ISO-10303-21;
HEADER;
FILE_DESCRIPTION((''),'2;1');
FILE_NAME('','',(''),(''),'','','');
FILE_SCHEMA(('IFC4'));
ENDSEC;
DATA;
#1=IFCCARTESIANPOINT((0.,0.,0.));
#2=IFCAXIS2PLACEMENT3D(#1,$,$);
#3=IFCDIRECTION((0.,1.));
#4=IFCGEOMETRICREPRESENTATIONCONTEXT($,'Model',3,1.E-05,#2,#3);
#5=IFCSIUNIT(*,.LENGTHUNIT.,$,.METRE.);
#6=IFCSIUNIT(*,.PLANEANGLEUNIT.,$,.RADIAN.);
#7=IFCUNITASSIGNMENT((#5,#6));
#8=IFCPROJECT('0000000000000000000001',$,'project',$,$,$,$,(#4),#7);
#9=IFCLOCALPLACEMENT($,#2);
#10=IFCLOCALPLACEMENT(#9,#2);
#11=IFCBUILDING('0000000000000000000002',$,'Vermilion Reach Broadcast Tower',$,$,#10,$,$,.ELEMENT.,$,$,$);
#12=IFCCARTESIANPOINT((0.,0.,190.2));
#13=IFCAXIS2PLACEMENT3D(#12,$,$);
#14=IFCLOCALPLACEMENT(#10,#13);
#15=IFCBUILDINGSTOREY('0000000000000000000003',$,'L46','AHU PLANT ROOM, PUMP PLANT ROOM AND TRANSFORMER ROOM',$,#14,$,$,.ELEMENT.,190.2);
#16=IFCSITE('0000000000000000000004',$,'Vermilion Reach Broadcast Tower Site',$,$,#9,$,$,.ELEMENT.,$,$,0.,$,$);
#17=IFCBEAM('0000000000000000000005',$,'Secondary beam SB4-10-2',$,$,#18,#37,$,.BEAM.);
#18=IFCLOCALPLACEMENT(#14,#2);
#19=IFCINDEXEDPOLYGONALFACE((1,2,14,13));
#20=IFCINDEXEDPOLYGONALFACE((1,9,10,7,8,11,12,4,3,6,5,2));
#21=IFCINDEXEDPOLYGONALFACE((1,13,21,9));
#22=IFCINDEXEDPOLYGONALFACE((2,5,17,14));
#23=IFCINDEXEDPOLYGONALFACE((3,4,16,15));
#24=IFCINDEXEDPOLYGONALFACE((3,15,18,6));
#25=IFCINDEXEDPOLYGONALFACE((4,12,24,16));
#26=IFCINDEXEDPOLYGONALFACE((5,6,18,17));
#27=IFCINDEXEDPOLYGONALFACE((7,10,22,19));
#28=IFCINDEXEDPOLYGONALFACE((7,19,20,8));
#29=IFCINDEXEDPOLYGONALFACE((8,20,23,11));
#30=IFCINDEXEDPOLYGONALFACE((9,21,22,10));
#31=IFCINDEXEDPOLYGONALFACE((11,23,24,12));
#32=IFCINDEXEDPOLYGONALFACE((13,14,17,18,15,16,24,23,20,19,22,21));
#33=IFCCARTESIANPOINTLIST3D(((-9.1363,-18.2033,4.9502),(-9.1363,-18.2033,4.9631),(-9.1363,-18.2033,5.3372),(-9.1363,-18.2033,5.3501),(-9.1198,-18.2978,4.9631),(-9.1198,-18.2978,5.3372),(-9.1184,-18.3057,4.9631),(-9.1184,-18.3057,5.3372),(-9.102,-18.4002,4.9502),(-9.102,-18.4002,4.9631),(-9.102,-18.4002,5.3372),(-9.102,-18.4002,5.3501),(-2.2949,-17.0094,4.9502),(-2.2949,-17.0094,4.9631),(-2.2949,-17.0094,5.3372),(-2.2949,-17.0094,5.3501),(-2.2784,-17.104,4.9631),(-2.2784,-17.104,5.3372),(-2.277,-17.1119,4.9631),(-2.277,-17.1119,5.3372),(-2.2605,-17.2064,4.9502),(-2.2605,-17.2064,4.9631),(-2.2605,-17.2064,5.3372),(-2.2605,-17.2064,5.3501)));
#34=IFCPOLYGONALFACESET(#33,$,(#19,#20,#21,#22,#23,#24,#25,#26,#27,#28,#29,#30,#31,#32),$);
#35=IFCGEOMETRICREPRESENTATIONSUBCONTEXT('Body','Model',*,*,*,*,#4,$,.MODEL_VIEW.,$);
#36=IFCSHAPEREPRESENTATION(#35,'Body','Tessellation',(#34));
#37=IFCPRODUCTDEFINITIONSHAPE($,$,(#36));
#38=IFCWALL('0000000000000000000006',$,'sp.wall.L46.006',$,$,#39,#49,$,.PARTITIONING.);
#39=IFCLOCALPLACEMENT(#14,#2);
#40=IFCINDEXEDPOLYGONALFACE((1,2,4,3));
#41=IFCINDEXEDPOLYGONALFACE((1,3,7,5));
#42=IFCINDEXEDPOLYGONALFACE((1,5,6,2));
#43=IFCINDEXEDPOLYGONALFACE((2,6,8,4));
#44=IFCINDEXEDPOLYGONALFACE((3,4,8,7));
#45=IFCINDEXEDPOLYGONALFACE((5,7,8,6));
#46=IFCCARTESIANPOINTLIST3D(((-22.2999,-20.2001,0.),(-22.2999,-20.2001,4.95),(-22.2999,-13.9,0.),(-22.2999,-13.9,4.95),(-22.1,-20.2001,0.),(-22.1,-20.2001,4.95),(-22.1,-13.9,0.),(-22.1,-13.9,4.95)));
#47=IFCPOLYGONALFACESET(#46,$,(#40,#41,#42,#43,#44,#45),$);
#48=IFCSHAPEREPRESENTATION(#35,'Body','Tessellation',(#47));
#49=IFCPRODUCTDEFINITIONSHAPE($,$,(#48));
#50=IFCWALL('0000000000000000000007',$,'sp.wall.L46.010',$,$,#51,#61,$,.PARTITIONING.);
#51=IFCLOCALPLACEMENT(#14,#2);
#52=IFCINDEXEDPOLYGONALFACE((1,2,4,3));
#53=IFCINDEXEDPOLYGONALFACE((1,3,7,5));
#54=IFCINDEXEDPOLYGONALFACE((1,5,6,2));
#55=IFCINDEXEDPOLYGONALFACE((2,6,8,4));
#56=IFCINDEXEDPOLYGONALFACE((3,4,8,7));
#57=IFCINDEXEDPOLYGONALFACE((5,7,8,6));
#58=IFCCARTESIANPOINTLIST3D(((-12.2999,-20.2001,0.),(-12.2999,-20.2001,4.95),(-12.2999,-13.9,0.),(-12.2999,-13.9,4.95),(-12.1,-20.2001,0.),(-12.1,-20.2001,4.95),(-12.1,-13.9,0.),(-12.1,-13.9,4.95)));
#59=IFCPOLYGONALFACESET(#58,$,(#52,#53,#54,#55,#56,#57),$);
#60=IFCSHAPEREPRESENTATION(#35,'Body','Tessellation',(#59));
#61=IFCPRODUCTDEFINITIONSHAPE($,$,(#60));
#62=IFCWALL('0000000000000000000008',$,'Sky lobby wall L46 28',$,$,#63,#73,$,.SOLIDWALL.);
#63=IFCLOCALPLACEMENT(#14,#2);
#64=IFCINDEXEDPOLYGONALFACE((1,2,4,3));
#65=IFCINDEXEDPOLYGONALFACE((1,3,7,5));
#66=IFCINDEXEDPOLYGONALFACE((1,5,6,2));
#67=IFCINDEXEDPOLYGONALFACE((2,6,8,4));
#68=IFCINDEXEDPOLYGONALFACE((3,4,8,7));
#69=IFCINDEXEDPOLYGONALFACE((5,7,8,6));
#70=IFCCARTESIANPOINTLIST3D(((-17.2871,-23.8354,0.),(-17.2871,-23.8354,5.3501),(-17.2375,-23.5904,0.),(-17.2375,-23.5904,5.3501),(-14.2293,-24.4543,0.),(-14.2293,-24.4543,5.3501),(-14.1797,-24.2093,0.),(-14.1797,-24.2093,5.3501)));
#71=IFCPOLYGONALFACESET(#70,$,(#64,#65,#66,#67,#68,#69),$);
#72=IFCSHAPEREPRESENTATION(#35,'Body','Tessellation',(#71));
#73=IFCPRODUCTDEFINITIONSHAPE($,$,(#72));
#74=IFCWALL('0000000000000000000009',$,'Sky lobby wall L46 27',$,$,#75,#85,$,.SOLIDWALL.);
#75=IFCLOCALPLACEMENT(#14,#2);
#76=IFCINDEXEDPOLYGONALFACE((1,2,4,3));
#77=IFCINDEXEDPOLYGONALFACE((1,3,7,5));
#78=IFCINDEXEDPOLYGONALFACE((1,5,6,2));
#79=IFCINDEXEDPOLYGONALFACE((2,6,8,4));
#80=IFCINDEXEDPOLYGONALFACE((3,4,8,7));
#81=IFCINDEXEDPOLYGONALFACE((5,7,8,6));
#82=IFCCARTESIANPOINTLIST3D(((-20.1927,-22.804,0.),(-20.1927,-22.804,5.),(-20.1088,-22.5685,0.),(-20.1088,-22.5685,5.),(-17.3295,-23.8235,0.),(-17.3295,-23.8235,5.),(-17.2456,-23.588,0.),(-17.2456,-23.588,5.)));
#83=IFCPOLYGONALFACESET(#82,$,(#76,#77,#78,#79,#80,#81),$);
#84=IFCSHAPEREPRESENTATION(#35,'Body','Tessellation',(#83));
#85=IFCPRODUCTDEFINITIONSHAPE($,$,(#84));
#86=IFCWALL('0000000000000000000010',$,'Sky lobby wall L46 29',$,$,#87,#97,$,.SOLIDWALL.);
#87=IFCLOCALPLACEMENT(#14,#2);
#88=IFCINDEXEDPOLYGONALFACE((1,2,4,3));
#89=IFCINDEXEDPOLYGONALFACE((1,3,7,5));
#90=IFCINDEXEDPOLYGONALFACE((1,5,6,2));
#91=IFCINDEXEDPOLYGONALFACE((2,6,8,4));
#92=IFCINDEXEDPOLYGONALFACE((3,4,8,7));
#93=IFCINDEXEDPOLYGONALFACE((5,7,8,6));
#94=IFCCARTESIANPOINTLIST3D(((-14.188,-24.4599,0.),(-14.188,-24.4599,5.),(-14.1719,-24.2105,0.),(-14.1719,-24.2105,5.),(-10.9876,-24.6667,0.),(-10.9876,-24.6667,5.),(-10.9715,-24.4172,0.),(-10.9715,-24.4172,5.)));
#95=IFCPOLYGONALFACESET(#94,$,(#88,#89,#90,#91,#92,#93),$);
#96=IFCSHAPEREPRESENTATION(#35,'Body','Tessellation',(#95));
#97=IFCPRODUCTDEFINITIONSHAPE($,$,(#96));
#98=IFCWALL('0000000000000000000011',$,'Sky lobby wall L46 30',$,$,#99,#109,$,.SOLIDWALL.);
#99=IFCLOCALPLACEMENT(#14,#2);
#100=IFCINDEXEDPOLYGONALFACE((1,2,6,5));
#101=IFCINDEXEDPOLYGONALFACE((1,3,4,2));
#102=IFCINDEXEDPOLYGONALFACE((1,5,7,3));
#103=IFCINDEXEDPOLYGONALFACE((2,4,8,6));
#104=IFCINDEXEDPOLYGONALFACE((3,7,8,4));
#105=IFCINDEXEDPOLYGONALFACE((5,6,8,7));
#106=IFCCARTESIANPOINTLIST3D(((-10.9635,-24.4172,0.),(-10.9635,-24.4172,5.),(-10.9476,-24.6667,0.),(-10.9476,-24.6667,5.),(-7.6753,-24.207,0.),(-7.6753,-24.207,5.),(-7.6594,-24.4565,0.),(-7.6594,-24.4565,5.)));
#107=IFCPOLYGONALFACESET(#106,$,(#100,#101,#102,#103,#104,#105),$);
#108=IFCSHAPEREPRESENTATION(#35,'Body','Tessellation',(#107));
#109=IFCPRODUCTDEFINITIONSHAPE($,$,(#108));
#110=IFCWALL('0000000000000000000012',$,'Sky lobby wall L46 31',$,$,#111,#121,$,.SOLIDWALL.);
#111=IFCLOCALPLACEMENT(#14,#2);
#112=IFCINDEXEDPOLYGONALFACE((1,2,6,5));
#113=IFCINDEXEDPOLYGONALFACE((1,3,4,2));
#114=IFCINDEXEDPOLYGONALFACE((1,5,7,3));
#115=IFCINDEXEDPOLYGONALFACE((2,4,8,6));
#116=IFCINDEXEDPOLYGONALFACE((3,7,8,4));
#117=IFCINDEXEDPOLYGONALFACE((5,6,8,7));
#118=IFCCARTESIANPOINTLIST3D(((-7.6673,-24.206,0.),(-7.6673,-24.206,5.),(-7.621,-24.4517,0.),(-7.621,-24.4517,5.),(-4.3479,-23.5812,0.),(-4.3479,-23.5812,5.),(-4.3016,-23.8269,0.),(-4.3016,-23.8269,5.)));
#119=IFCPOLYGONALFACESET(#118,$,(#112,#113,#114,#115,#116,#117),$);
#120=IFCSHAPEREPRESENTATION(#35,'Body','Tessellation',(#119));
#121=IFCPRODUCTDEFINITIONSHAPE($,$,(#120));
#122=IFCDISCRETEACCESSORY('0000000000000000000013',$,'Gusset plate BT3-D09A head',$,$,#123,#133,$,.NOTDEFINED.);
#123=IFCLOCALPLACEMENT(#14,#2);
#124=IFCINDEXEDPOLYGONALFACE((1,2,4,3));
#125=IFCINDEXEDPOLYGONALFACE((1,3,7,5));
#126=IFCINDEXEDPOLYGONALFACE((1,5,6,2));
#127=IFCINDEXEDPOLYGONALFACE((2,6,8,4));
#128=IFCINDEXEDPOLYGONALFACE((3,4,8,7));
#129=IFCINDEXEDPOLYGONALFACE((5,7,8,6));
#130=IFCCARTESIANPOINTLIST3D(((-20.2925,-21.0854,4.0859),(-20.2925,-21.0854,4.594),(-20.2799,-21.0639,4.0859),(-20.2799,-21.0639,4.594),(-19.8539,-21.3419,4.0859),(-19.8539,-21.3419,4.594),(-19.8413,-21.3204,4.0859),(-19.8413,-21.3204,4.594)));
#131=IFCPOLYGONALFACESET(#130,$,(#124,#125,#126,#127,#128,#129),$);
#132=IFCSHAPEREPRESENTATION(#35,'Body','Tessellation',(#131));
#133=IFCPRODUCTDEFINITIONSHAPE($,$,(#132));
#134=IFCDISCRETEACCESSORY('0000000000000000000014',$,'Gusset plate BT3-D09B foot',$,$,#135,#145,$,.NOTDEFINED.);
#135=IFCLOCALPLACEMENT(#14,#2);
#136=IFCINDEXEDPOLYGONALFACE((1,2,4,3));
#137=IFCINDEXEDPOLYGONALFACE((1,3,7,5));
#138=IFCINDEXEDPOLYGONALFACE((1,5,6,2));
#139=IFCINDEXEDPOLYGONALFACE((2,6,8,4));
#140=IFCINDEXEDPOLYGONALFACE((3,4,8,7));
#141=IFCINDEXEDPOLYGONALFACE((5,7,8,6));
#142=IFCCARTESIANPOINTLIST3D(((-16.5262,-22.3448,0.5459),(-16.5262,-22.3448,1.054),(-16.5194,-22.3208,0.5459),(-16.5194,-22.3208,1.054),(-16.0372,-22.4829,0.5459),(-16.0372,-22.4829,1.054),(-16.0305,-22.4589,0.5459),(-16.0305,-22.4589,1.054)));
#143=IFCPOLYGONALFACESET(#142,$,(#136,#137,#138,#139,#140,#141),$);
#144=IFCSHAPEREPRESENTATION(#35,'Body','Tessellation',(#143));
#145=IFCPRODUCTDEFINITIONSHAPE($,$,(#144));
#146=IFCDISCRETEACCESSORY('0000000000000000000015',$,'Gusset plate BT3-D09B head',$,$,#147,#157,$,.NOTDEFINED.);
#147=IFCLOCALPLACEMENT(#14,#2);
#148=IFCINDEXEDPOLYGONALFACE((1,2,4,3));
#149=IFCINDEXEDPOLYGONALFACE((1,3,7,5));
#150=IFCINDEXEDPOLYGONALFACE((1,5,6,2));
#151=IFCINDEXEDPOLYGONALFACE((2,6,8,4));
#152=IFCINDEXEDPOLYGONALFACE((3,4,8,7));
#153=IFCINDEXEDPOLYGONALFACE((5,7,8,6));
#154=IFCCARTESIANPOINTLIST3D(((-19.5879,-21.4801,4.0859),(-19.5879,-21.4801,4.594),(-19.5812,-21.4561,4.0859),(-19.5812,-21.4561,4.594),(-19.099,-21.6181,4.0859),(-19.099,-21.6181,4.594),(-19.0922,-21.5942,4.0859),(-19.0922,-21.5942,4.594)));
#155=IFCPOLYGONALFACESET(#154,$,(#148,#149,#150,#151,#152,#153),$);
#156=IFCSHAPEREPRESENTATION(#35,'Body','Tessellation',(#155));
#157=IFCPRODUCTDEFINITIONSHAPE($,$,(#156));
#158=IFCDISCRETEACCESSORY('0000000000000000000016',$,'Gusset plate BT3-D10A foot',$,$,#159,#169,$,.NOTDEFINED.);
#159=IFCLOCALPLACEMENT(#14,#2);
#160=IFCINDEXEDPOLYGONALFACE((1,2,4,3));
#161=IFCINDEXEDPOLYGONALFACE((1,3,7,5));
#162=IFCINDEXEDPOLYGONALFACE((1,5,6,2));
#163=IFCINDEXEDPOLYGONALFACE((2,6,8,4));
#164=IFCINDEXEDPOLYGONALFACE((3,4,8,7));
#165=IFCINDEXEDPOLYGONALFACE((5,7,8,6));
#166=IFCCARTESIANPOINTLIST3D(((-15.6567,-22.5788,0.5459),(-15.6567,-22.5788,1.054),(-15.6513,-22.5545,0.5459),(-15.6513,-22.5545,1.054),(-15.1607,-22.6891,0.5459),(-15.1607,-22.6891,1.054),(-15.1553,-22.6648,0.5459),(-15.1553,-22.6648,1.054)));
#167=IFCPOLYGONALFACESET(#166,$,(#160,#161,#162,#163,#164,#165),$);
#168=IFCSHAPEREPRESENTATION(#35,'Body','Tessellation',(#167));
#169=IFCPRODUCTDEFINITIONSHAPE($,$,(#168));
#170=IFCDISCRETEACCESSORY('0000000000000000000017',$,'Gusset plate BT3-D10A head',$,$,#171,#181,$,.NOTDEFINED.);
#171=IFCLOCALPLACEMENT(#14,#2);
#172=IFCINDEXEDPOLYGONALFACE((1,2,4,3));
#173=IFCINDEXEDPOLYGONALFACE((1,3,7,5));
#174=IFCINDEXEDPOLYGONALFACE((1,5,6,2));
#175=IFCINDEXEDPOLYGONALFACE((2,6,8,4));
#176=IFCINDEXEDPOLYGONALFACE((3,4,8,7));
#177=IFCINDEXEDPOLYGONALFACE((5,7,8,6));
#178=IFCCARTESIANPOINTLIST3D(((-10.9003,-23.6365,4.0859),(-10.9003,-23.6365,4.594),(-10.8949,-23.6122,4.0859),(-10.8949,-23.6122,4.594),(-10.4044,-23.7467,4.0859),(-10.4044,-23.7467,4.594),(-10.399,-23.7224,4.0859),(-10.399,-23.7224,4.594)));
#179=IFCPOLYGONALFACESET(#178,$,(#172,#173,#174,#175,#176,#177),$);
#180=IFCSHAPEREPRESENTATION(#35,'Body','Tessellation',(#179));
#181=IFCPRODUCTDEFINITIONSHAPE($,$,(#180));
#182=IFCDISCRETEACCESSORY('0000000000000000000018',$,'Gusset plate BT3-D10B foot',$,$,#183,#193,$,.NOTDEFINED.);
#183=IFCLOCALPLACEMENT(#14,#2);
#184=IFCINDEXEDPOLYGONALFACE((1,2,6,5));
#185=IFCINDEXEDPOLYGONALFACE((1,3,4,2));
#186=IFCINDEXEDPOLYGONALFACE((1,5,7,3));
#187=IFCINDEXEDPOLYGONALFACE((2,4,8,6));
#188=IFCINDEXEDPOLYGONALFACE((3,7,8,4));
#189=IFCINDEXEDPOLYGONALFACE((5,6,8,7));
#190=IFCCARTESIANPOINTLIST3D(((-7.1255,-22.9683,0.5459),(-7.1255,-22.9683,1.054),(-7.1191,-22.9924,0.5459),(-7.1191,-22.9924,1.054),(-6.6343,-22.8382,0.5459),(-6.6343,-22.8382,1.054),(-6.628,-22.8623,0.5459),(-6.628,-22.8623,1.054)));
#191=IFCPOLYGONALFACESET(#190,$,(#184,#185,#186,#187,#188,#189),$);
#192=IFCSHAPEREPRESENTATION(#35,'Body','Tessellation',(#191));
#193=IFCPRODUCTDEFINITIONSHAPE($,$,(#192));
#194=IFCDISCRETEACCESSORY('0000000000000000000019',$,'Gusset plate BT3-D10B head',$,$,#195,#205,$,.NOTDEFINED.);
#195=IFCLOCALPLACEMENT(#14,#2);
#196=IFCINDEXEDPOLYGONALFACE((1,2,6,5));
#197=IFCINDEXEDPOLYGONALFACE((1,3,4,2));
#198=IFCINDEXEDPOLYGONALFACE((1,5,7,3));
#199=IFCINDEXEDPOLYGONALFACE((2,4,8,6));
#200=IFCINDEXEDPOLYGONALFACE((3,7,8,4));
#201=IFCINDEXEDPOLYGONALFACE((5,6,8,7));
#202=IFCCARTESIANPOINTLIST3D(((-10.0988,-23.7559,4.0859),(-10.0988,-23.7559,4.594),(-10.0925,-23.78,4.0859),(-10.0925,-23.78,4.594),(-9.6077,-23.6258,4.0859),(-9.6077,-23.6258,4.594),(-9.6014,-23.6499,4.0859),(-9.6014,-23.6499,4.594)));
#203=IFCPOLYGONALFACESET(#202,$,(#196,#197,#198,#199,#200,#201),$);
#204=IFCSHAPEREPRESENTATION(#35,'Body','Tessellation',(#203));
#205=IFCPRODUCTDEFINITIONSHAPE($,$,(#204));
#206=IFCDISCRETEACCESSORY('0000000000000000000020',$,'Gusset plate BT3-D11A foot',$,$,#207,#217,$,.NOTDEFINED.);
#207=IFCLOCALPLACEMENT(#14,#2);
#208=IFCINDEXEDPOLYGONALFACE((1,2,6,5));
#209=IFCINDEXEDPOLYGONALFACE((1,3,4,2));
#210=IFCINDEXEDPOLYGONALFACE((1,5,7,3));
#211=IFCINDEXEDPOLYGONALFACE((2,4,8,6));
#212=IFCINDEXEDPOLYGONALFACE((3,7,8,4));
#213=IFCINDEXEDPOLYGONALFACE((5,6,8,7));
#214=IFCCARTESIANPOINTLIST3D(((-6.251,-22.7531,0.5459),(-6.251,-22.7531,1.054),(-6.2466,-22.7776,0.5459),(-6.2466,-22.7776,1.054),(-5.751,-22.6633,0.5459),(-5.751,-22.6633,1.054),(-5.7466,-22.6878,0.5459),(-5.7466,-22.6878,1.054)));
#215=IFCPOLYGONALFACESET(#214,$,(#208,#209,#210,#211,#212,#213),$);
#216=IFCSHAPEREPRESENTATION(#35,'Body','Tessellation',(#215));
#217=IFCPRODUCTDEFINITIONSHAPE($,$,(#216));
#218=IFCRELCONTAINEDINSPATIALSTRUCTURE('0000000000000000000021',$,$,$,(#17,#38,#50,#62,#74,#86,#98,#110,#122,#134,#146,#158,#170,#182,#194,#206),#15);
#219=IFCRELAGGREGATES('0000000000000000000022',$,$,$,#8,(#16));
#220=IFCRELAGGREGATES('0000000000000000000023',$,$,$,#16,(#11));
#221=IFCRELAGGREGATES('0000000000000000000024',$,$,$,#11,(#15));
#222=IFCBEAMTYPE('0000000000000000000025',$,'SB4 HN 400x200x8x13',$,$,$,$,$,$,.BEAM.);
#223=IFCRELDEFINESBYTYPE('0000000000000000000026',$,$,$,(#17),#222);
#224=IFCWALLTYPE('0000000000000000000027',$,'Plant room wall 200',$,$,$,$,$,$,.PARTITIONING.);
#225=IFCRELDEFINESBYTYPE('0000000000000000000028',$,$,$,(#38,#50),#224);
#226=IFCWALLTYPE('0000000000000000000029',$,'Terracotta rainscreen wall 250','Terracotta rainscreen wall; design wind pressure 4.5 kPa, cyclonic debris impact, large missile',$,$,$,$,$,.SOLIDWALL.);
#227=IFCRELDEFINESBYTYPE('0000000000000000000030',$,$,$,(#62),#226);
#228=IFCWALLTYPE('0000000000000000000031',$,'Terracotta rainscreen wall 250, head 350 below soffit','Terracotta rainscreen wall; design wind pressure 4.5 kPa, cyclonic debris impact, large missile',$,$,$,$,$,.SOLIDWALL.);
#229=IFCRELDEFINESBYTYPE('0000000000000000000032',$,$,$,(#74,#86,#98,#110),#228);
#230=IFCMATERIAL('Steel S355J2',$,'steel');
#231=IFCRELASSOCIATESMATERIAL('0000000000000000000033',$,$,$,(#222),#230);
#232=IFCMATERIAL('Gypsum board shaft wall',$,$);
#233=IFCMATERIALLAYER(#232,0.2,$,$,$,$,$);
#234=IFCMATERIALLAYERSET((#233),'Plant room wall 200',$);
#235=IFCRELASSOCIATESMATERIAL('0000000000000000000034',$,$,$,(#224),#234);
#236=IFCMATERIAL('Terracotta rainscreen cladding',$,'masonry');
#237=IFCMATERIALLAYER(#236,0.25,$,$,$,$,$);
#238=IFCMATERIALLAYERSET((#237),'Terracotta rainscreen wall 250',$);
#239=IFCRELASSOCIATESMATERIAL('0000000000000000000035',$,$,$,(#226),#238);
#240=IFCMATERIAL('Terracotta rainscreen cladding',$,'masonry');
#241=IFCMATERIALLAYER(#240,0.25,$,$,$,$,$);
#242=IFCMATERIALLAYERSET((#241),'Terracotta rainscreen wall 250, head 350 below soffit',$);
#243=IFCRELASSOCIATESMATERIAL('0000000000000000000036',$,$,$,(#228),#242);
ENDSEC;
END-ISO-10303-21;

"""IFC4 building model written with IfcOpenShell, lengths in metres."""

from ifc_helpers import new_model, si_unit, direction, frame, frame_2d, origin, origin_2d, place, context, subcontext, project, spatial, rectangle, i_section, extrude, material, layer, layer_set, material_profile, profile_set, type_object, element, save


model = new_model("IFC4")

# Units and contexts
model_context = context("Model", 3, precision=1e-05, world=origin(), true_north=direction((0.0, 1.0)))
body_context = subcontext(model_context, "Body", "Model", "MODEL_VIEW")
ifc_project = project(units=[si_unit("LENGTHUNIT", "METRE"), si_unit("PLANEANGLEUNIT", "RADIAN")], contexts=[model_context])

# Site, building, storey
site_placement = place(None, origin())
site = spatial("IfcSite", under=ifc_project, at=site_placement, Name="Vermilion Reach Broadcast Tower Site", CompositionType="ELEMENT", RefElevation=0.0)
building_placement = place(site_placement, origin())
building = spatial("IfcBuilding", under=site, at=building_placement, Name="Vermilion Reach Broadcast Tower", CompositionType="ELEMENT")
storey_placement = place(building_placement, frame((0.0, 0.0, 190.2)))
storey = spatial("IfcBuildingStorey", under=building, at=storey_placement, Name="L46", Description="AHU PLANT ROOM, PUMP PLANT ROOM AND TRANSFORMER ROOM", CompositionType="ELEMENT", Elevation=190.2)

# Beam
ifc_material_1 = material(Name="Steel S355J2", Category="steel")
ifc_material_profile_1 = material_profile(ifc_material_1, i_section(OverallWidth=0.2, OverallDepth=0.3999, WebThickness=0.0081, FlangeThickness=0.0129, at=origin_2d()), Name="S355J2 HN 400x200x8x13")
ifc_profile_set_1 = profile_set([ifc_material_profile_1], Name="Steel S355J2")
beam_type_1 = type_object("IfcBeamType", Name="SB4 HN 400x200x8x13", PredefinedType="BEAM", material=ifc_profile_set_1)
beam_1_placement = place(storey_placement, frame((-9.1191, -18.3018, 5.1501), z_axis=(0.985114, 0.171902, 0.0), x_axis=(-0.171902, 0.985114, 0.0)))
element("IfcBeam", 1, at=beam_1_placement, inside=storey, type_object=beam_type_1, Name="Secondary beam SB4-10-2", PredefinedType="BEAM", context=body_context, shape_type="SweptSolid", body=[
    extrude(i_section(OverallWidth=0.2, OverallDepth=0.3999, WebThickness=0.0081, FlangeThickness=0.0129, at=origin_2d()), origin(), (0.0, 0.0, 1.0), 6.9448),
])

# Walls
ifc_material_2 = material(Name="Gypsum board shaft wall")
ifc_layer_1 = layer(ifc_material_2, 0.2)
ifc_layer_set_1 = layer_set([ifc_layer_1], Name="Plant room wall 200")
wall_type_1 = type_object("IfcWallType", Name="Plant room wall 200", PredefinedType="PARTITIONING", material=ifc_layer_set_1)
for number, where, z_axis, x_axis, name in (
    (2, (-22.2, -20.2, 0.0), (0.0, 0.0, 1.0), (0.0, 1.0, 0.0), "sp.wall.L46.006"),
    (3, (-12.2, -20.2, 0.0), (0.0, 0.0, 1.0), (0.0, 1.0, 0.0), "sp.wall.L46.010"),
):
    element("IfcWall", number, at=place(storey_placement, frame(where, z_axis=z_axis, x_axis=x_axis)), inside=storey, type_object=wall_type_1, Name=name, PredefinedType="PARTITIONING", context=body_context, shape_type="SweptSolid", body=[
        extrude(rectangle(XDim=6.3, YDim=0.2, at=frame_2d((3.1499, 0.0))), origin(), (0.0, 0.0, 1.0), 4.95),
    ])
ifc_material_3 = material(Name="Terracotta rainscreen cladding", Category="masonry")
ifc_layer_2 = layer(ifc_material_3, 0.25)
ifc_layer_set_2 = layer_set([ifc_layer_2], Name="Terracotta rainscreen wall 250")
wall_type_2 = type_object("IfcWallType", Name="Terracotta rainscreen wall 250", Description="Terracotta rainscreen wall; design wind pressure 4.5 kPa, cyclonic debris impact, large missile", PredefinedType="SOLIDWALL", material=ifc_layer_set_2)
wall_1_placement = place(storey_placement, frame((-17.2625, -23.7129, 0.0), z_axis=(0.0, 0.0, 1.0), x_axis=(0.980127, -0.198373, 0.0)))
element("IfcWall", 4, at=wall_1_placement, inside=storey, type_object=wall_type_2, Name="Sky lobby wall L46 28", PredefinedType="SOLIDWALL", context=body_context, shape_type="SweptSolid", body=[
    extrude(rectangle(XDim=3.1199, YDim=0.25, at=frame_2d((1.5601, 0.0))), origin(), (0.0, 0.0, 1.0), 5.3501),
])
ifc_material_4 = material(Name="Terracotta rainscreen cladding", Category="masonry")
ifc_layer_3 = layer(ifc_material_4, 0.25)
ifc_layer_set_3 = layer_set([ifc_layer_3], Name="Terracotta rainscreen wall 250, head 350 below soffit")
wall_type_3 = type_object("IfcWallType", Name="Terracotta rainscreen wall 250, head 350 below soffit", Description="Terracotta rainscreen wall; design wind pressure 4.5 kPa, cyclonic debris impact, large missile", PredefinedType="SOLIDWALL", material=ifc_layer_set_3)
wall_2_placement = place(storey_placement, frame((-20.1506, -22.6863, 0.0), z_axis=(0.0, 0.0, 1.0), x_axis=(0.942061, -0.335441, 0.0)))
element("IfcWall", 5, at=wall_2_placement, inside=storey, type_object=wall_type_3, Name="Sky lobby wall L46 27", PredefinedType="SOLIDWALL", context=body_context, shape_type="SweptSolid", body=[
    extrude(rectangle(XDim=3.0393, YDim=0.25, at=frame_2d((1.5195, 0.0))), origin(), (0.0, 0.0, 1.0), 5.0),
])
wall_3_placement = place(storey_placement, frame((-14.1799, -24.3352, 0.0), z_axis=(0.0, 0.0, 1.0), x_axis=(0.997919, -0.064478, 0.0)))
element("IfcWall", 6, at=wall_3_placement, inside=storey, type_object=wall_type_3, Name="Sky lobby wall L46 29", PredefinedType="SOLIDWALL", context=body_context, shape_type="SweptSolid", body=[
    extrude(rectangle(XDim=3.207, YDim=0.25, at=frame_2d((1.6035, 0.0))), origin(), (0.0, 0.0, 1.0), 5.0),
])
wall_4_placement = place(storey_placement, frame((-10.9556, -24.542, 0.0), z_axis=(0.0, 0.0, 1.0), x_axis=(0.997963, 0.063794, 0.0)))
element("IfcWall", 7, at=wall_4_placement, inside=storey, type_object=wall_type_3, Name="Sky lobby wall L46 30", PredefinedType="SOLIDWALL", context=body_context, shape_type="SweptSolid", body=[
    extrude(rectangle(XDim=3.2949, YDim=0.25, at=frame_2d((1.6475, 0.0))), origin(), (0.0, 0.0, 1.0), 5.0),
])
wall_5_placement = place(storey_placement, frame((-7.6443, -24.3289, 0.0), z_axis=(0.0, 0.0, 1.0), x_axis=(0.982744, 0.184969, 0.0)))
element("IfcWall", 8, at=wall_5_placement, inside=storey, type_object=wall_type_3, Name="Sky lobby wall L46 31", PredefinedType="SOLIDWALL", context=body_context, shape_type="SweptSolid", body=[
    extrude(rectangle(XDim=3.3777, YDim=0.25, at=frame_2d((1.689, 0.0))), origin(), (0.0, 0.0, 1.0), 5.0),
])

# Discrete accessories
for number, where, z_axis, x_axis, name in (
    (9, (-20.0669, -21.2029, 4.0859), (0.0, 0.0, 1.0), (0.504849, 0.863208, 0.0), "Gusset plate BT3-D09A head"),
    (10, (-16.2783, -22.4019, 0.5459), (0.0, 0.0, 1.0), (-0.271773, -0.962361, 0.0), "Gusset plate BT3-D09B foot"),
    (11, (-19.3401, -21.5371, 4.0859), (0.0, 0.0, 1.0), (-0.271773, -0.962361, 0.0), "Gusset plate BT3-D09B head"),
    (12, (-15.406, -22.6218, 0.5459), (0.0, 0.0, 1.0), (0.217055, 0.976159, 0.0), "Gusset plate BT3-D10A foot"),
    (13, (-10.6497, -23.6794, 4.0859), (0.0, 0.0, 1.0), (0.217055, 0.976159, 0.0), "Gusset plate BT3-D10A head"),
    (14, (-6.8767, -22.9153, 0.5459), (0.0, 0.0, 1.0), (0.256063, -0.96666, 0.0), "Gusset plate BT3-D10B foot"),
    (15, (-9.8501, -23.7029, 4.0859), (0.0, 0.0, 1.0), (0.256063, -0.96666, 0.0), "Gusset plate BT3-D10B head"),
    (16, (-5.9988, -22.7205, 0.5459), (0.0, 0.0, 1.0), (-0.176788, 0.984249, 0.0), "Gusset plate BT3-D11A foot"),
):
    element("IfcDiscreteAccessory", number, at=place(storey_placement, frame(where, z_axis=z_axis, x_axis=x_axis)), inside=storey, Name=name, PredefinedType="NOTDEFINED", context=body_context, shape_type="SweptSolid", body=[
        extrude(rectangle(XDim=0.0249, YDim=0.5081, at=origin_2d()), origin(), (0.0, 0.0, 1.0), 0.5081),
    ])

save(model, "model.ifc")
